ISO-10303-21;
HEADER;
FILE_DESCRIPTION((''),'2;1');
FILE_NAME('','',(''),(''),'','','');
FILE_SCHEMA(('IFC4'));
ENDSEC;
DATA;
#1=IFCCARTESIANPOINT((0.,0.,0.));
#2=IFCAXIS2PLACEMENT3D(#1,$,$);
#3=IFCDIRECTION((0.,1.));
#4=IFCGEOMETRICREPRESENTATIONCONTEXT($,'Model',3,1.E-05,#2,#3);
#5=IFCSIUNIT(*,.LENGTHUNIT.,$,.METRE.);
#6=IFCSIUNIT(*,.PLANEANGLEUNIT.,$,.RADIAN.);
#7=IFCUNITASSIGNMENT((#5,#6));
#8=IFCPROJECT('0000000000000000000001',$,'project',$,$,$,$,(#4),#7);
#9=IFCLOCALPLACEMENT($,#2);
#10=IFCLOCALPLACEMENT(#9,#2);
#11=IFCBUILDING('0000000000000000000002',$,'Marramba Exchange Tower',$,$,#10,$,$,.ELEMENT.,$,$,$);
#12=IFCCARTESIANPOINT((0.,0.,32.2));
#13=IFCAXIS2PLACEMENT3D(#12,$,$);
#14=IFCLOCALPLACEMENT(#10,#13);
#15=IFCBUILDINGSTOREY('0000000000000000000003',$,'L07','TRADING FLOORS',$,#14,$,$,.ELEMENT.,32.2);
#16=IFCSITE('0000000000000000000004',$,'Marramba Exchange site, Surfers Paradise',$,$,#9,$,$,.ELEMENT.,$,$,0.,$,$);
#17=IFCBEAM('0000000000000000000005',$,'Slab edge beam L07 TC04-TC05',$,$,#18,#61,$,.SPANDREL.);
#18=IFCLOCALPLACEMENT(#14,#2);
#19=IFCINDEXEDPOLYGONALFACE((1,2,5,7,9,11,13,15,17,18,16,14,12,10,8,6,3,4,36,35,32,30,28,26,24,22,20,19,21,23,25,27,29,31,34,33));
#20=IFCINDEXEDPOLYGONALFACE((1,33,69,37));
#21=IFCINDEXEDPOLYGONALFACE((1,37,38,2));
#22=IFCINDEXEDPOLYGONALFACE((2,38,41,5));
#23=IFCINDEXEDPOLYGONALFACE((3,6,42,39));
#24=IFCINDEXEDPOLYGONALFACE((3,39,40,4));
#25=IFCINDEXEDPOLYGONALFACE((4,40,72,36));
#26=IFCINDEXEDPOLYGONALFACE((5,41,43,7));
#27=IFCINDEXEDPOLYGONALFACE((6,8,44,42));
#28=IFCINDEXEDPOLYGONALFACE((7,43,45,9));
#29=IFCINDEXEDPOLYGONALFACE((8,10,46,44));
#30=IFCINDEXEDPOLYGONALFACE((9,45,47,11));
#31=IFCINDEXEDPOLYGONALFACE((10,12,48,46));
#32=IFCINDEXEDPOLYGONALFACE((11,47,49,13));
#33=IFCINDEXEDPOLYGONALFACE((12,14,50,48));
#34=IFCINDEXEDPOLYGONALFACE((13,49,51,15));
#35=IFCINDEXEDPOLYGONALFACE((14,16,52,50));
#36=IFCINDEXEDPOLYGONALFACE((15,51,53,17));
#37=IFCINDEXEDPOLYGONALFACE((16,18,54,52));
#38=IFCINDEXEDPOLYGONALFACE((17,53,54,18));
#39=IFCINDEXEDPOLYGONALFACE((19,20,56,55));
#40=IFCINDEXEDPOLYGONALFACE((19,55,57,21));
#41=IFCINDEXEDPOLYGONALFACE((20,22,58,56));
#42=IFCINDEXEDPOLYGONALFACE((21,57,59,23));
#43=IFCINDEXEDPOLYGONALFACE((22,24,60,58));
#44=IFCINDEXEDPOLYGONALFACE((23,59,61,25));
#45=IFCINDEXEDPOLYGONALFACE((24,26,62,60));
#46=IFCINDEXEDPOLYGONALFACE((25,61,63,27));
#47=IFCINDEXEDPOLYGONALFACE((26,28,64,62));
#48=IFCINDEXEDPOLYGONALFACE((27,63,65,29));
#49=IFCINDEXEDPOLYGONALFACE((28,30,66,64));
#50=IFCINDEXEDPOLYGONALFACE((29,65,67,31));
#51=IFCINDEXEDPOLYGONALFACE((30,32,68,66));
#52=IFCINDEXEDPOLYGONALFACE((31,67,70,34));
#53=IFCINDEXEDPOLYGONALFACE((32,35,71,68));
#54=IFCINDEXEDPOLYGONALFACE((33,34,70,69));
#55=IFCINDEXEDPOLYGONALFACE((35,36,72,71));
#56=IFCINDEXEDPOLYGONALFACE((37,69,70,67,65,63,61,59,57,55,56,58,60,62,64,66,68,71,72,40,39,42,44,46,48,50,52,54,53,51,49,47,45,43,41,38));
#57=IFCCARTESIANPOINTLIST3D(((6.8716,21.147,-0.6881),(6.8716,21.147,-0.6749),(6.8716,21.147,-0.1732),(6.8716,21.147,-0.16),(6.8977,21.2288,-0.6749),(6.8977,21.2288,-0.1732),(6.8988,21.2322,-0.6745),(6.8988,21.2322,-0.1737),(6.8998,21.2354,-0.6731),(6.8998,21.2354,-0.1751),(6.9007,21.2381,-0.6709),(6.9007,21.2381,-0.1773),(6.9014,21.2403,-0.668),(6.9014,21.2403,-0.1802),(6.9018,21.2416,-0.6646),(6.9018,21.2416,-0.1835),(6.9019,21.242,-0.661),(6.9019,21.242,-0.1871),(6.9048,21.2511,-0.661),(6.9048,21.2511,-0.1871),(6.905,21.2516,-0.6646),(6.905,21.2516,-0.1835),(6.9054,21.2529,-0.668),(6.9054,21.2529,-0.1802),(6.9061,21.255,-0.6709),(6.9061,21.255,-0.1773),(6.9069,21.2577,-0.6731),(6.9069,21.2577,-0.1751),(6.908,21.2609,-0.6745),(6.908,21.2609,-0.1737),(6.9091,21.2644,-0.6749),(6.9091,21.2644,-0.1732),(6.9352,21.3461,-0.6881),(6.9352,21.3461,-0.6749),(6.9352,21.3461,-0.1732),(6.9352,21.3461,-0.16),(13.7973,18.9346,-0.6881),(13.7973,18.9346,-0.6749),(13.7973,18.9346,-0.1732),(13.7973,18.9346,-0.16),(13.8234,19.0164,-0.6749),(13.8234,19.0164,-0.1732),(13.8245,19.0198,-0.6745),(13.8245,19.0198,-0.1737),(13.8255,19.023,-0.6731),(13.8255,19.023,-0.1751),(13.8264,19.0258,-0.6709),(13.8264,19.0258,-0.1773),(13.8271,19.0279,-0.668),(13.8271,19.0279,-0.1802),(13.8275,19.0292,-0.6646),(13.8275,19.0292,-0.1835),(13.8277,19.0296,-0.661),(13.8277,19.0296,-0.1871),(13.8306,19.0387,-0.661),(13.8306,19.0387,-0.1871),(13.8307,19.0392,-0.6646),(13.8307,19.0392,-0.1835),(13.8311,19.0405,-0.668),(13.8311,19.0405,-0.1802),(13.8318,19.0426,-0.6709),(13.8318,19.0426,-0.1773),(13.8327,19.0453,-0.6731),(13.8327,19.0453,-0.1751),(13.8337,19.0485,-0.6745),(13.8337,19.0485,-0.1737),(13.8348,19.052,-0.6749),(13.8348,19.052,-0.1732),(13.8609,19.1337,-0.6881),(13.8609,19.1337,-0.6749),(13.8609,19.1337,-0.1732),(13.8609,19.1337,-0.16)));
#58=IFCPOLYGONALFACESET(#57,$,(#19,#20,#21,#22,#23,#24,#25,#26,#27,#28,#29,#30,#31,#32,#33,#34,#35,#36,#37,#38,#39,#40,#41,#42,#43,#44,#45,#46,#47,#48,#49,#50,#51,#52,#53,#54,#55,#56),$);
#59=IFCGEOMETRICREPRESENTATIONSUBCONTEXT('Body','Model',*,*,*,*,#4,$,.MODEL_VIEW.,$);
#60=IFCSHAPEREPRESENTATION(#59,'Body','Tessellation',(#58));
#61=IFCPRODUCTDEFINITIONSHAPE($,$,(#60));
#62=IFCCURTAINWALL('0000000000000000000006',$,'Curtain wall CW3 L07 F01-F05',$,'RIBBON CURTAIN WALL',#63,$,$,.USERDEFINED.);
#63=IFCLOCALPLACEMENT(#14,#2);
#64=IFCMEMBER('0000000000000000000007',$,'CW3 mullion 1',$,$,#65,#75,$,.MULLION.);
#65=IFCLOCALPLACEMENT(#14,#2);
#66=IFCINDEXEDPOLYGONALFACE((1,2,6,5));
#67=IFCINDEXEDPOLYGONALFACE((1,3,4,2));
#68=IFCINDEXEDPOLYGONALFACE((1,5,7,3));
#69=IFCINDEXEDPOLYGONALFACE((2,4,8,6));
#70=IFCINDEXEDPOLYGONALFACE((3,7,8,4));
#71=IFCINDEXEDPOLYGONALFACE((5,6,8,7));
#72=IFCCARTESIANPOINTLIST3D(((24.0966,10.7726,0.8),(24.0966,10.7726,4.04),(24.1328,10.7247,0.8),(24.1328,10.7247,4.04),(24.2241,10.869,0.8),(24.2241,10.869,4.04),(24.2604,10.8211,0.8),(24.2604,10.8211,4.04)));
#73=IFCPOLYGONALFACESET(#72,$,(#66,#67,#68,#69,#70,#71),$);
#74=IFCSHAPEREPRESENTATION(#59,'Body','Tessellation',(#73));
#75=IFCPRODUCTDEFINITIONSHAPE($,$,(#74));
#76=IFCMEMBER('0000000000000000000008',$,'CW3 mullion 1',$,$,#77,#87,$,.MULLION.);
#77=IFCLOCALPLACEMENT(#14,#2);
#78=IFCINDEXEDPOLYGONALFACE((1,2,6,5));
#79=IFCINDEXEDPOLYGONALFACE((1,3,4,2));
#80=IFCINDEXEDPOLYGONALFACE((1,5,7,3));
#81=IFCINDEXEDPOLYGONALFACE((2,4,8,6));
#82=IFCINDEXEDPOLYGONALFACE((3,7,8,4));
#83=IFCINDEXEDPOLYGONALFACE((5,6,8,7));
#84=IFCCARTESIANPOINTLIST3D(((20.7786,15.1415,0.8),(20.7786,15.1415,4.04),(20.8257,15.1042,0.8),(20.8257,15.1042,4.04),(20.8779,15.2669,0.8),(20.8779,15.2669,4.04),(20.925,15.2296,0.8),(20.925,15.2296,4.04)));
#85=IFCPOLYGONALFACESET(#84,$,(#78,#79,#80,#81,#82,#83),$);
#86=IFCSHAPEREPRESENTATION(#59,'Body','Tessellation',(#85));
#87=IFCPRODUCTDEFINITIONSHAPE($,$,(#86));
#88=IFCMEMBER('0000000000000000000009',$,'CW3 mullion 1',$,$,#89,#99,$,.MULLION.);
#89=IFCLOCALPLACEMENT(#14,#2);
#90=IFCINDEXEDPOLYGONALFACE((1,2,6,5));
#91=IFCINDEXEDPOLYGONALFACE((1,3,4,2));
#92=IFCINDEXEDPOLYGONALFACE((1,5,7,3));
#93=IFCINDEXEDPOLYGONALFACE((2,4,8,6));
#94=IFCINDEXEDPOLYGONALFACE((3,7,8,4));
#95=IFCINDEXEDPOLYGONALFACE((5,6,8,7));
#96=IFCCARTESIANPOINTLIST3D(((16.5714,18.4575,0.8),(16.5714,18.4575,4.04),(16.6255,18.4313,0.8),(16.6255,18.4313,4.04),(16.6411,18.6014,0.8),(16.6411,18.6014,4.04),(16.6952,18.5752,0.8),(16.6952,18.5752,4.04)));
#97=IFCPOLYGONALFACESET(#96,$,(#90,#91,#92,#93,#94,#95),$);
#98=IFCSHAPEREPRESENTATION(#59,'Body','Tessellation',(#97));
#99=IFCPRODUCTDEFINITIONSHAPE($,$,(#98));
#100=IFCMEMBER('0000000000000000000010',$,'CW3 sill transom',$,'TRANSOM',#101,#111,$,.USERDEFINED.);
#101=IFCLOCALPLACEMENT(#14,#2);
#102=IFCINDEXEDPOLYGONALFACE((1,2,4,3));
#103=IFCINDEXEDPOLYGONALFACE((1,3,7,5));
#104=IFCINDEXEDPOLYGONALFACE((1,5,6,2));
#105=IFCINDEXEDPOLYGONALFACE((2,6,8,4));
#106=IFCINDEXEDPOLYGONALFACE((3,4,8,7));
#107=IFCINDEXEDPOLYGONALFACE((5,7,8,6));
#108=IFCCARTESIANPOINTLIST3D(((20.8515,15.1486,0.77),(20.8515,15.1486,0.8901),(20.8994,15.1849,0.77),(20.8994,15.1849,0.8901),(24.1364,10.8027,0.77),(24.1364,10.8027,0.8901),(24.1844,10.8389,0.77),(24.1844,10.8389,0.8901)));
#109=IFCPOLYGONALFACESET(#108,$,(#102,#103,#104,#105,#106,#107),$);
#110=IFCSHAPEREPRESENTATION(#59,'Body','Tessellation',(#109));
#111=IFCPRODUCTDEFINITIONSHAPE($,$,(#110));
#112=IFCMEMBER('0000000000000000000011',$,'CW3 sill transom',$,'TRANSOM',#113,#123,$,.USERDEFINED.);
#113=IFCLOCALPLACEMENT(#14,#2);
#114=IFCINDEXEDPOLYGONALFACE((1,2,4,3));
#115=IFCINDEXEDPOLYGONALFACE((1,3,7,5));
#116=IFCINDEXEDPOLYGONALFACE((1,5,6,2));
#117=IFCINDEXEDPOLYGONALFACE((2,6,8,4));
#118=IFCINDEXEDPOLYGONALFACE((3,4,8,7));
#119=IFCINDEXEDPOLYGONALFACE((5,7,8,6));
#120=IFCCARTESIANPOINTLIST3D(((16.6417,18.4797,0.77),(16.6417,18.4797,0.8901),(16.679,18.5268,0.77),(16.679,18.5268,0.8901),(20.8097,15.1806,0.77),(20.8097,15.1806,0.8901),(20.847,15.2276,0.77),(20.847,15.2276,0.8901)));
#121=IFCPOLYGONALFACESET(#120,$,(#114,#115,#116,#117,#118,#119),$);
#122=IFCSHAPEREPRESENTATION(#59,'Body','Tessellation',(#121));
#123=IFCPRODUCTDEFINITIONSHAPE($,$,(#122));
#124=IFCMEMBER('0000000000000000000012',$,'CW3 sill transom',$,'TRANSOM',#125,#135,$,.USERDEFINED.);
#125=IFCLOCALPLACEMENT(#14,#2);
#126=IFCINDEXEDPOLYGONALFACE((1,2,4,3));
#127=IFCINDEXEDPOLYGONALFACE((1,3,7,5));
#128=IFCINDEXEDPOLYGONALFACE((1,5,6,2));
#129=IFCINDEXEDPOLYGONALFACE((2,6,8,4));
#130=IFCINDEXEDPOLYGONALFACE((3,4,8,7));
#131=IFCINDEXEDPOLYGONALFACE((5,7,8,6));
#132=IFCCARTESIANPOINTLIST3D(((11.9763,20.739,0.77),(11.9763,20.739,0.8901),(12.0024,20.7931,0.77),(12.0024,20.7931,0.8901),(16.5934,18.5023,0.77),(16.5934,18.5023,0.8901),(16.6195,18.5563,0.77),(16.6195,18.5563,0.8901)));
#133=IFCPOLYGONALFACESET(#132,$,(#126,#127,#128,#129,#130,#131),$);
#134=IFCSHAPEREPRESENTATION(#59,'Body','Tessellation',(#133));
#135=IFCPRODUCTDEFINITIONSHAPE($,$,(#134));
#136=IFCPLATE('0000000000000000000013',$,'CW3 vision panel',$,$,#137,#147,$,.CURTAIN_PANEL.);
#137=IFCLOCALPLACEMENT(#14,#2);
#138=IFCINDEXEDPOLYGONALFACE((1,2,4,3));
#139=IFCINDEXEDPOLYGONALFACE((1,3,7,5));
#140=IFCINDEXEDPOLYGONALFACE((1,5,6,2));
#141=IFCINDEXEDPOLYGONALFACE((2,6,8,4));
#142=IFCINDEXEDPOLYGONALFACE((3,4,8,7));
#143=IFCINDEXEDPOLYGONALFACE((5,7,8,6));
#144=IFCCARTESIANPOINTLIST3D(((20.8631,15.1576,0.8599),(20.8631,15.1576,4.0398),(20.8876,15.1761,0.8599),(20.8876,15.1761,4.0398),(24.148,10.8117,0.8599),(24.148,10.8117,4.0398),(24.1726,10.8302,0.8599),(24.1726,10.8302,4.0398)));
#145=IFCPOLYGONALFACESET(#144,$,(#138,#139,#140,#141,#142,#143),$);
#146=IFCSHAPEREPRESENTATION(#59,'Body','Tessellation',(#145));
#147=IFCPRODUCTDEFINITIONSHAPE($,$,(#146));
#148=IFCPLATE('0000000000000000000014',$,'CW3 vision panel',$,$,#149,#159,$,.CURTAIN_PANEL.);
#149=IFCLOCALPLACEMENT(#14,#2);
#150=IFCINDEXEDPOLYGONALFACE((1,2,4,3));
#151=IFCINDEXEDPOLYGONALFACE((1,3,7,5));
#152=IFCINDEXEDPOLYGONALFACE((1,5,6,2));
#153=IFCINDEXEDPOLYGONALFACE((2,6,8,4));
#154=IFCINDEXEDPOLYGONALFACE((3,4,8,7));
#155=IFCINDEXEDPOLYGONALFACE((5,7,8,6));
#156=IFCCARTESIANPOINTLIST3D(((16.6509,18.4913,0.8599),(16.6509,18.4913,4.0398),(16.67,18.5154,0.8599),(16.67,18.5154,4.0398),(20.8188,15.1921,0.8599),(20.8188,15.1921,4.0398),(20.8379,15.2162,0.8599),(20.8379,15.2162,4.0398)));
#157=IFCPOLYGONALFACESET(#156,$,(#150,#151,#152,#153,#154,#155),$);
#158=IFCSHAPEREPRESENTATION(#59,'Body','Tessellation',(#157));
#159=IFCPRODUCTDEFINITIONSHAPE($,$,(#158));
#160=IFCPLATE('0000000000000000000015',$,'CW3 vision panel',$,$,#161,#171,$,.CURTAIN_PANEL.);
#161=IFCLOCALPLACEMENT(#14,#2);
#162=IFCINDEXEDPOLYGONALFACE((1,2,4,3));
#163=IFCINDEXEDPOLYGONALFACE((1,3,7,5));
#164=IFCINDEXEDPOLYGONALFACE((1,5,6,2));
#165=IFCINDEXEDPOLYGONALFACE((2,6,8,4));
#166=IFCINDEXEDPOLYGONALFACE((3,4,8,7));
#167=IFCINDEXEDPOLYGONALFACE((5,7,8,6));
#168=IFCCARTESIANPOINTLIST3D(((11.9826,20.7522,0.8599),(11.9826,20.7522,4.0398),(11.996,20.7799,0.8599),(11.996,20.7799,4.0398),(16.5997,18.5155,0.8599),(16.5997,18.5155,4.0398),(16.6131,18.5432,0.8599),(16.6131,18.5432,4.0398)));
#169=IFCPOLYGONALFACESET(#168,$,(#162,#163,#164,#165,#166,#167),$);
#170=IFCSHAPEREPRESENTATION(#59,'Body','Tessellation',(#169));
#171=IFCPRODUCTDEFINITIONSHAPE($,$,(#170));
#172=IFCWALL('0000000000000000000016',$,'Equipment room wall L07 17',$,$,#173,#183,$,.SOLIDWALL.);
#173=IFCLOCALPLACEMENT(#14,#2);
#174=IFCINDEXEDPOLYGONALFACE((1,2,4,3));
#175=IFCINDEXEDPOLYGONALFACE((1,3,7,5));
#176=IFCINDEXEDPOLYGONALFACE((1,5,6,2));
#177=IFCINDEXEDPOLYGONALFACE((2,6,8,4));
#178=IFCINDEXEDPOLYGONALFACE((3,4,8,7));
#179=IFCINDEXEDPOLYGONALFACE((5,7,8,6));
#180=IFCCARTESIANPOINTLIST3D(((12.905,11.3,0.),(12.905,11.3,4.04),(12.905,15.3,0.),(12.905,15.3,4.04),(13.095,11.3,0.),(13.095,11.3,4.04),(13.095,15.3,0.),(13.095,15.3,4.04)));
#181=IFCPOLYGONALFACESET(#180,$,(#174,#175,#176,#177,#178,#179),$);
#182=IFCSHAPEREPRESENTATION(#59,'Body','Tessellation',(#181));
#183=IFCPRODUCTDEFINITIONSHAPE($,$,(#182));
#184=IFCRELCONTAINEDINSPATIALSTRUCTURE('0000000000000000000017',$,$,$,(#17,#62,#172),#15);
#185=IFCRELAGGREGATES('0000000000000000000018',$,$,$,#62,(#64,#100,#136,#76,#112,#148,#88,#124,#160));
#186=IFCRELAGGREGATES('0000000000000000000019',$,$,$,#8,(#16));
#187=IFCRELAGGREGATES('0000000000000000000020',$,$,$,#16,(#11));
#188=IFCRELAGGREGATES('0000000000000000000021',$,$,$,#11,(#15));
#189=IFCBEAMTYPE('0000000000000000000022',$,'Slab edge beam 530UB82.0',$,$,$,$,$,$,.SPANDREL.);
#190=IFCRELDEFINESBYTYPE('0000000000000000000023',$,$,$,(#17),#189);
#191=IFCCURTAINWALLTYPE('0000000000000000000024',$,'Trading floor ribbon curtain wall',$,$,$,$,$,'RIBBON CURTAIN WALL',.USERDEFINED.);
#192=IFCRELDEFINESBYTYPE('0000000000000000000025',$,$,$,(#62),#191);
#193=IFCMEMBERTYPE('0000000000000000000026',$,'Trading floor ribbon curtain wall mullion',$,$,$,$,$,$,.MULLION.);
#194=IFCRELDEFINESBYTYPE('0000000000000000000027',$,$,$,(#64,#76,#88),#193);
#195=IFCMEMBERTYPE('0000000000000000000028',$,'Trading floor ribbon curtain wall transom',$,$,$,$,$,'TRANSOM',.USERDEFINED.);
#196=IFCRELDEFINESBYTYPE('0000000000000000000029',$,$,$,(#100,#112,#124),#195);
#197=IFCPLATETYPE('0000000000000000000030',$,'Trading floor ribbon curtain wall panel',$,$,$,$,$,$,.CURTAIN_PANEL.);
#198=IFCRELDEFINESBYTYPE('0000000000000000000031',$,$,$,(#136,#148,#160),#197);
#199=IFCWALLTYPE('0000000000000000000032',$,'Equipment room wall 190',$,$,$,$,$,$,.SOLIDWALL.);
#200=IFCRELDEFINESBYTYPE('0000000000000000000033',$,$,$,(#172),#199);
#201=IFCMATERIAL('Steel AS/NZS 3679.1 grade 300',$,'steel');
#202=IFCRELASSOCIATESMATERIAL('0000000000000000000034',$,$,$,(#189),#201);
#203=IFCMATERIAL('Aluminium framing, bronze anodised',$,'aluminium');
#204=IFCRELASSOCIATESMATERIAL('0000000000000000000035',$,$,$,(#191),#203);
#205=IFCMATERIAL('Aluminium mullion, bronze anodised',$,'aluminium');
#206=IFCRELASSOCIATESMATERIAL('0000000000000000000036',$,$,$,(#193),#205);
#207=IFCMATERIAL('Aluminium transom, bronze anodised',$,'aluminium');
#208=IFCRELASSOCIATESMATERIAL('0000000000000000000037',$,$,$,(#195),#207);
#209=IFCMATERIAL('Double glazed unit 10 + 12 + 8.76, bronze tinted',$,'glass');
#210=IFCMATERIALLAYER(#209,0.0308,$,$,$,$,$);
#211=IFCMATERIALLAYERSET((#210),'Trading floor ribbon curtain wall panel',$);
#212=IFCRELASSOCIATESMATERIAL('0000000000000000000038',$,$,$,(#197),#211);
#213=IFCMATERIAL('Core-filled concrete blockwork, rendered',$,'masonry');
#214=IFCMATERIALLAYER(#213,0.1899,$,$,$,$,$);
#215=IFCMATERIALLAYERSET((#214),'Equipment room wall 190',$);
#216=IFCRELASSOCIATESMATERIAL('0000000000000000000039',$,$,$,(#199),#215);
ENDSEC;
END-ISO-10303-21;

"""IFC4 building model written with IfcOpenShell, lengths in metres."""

from ifc_helpers import new_model, si_unit, direction, frame, frame_2d, origin, origin_2d, place, context, subcontext, project, spatial, rectangle, i_section, extrude, material, layer, layer_set, material_profile, profile_set, type_object, element, aggregate, save


model = new_model("IFC4")

# Units and contexts
model_context = context("Model", 3, precision=1e-05, world=origin(), true_north=direction((0.0, 1.0)))
body_context = subcontext(model_context, "Body", "Model", "MODEL_VIEW")
ifc_project = project(units=[si_unit("LENGTHUNIT", "METRE"), si_unit("PLANEANGLEUNIT", "RADIAN")], contexts=[model_context])

# Site, building, storey
site_placement = place(None, origin())
site = spatial("IfcSite", under=ifc_project, at=site_placement, Name="Marramba Exchange site, Surfers Paradise", CompositionType="ELEMENT", RefElevation=0.0)
building_placement = place(site_placement, origin())
building = spatial("IfcBuilding", under=site, at=building_placement, Name="Marramba Exchange Tower", CompositionType="ELEMENT")
storey_placement = place(building_placement, frame((0.0, 0.0, 32.2)))
storey = spatial("IfcBuildingStorey", under=building, at=storey_placement, Name="L07", Description="TRADING FLOORS", CompositionType="ELEMENT", Elevation=32.2)

# Beam
ifc_material_1 = material(Name="Steel AS/NZS 3679.1 grade 300", Category="steel")
ifc_material_profile_1 = material_profile(ifc_material_1, i_section(OverallWidth=0.209, OverallDepth=0.5281, WebThickness=0.0095, FlangeThickness=0.0132, FilletRadius=0.0139, at=origin_2d()), Name="530UB82.0")
ifc_profile_set_1 = profile_set([ifc_material_profile_1], Name="Steel AS/NZS 3679.1 grade 300")
beam_type_1 = type_object("IfcBeamType", Name="Slab edge beam 530UB82.0", PredefinedType="SPANDREL", material=ifc_profile_set_1)
beam_1_placement = place(storey_placement, frame((13.8291, 19.0342, -0.4241), z_axis=(-0.952578, 0.304296, 0.0), x_axis=(-0.304296, -0.952578, 0.0)))
element("IfcBeam", 1, at=beam_1_placement, inside=storey, type_object=beam_type_1, Name="Slab edge beam L07 TC04-TC05", PredefinedType="SPANDREL", context=body_context, shape_type="SweptSolid", body=[
    extrude(i_section(OverallWidth=0.209, OverallDepth=0.5281, WebThickness=0.0095, FlangeThickness=0.0132, FilletRadius=0.0139, at=origin_2d()), origin(), (0.0, 0.0, 1.0), 7.2705),
])

# Curtain wall, members, plates
ifc_material_2 = material(Name="Aluminium framing, bronze anodised", Category="aluminium")
curtain_wall_type = type_object("IfcCurtainWallType", Name="Trading floor ribbon curtain wall", ElementType="RIBBON CURTAIN WALL", PredefinedType="USERDEFINED", material=ifc_material_2)
curtain_wall_placement = place(storey_placement, origin())
curtain_wall = element("IfcCurtainWall", 2, at=curtain_wall_placement, inside=storey, type_object=curtain_wall_type, Name="Curtain wall CW3 L07 F01-F05", ObjectType="RIBBON CURTAIN WALL", PredefinedType="USERDEFINED")
ifc_material_3 = material(Name="Aluminium mullion, bronze anodised", Category="aluminium")
ifc_material_profile_2 = material_profile(ifc_material_3, rectangle(XDim=0.1599, YDim=0.0601, at=origin_2d()), Name="CW3 mullion 60x160")
ifc_profile_set_2 = profile_set([ifc_material_profile_2], Name="Aluminium mullion, bronze anodised")
member_type_1 = type_object("IfcMemberType", Name="Trading floor ribbon curtain wall mullion", PredefinedType="MULLION", material=ifc_profile_set_2)
member_1_placement = place(storey_placement, frame((24.1785, 10.7969, 0.8), z_axis=(0.0, 0.0, 1.0), x_axis=(-0.797749, -0.60299, 0.0)))
member_1 = element("IfcMember", 3, at=member_1_placement, type_object=member_type_1, Name="CW3 mullion 1", PredefinedType="MULLION", context=body_context, shape_type="SweptSolid", body=[
    extrude(rectangle(XDim=0.1599, YDim=0.0601, at=origin_2d()), origin(), (0.0, 0.0, 1.0), 3.24),
])
member_2_placement = place(storey_placement, frame((20.8518, 15.1855, 0.8), z_axis=(0.0, 0.0, 1.0), x_axis=(-0.62065, -0.784088, 0.0)))
member_2 = element("IfcMember", 4, at=member_2_placement, type_object=member_type_1, Name="CW3 mullion 1", PredefinedType="MULLION", context=body_context, shape_type="SweptSolid", body=[
    extrude(rectangle(XDim=0.1599, YDim=0.0601, at=origin_2d()), origin(), (0.0, 0.0, 1.0), 3.24),
])
member_3_placement = place(storey_placement, frame((16.6333, 18.5164, 0.8), z_axis=(0.0, 0.0, 1.0), x_axis=(-0.435965, -0.899963, 0.0)))
member_3 = element("IfcMember", 5, at=member_3_placement, type_object=member_type_1, Name="CW3 mullion 1", PredefinedType="MULLION", context=body_context, shape_type="SweptSolid", body=[
    extrude(rectangle(XDim=0.1599, YDim=0.0601, at=origin_2d()), origin(), (0.0, 0.0, 1.0), 3.24),
])
ifc_material_4 = material(Name="Aluminium transom, bronze anodised", Category="aluminium")
ifc_material_profile_3 = material_profile(ifc_material_4, rectangle(XDim=0.0601, YDim=0.1201, at=origin_2d()), Name="CW3 transom 60x120")
ifc_profile_set_3 = profile_set([ifc_material_profile_3], Name="Aluminium transom, bronze anodised")
member_type_2 = type_object("IfcMemberType", Name="Trading floor ribbon curtain wall transom", ElementType="TRANSOM", PredefinedType="USERDEFINED", material=ifc_profile_set_3)
member_4_placement = place(storey_placement, frame((24.1604, 10.8208, 0.8301), z_axis=(-0.602986, 0.797752, 0.0), x_axis=(-0.797752, -0.602986, 0.0)))
member_4 = element("IfcMember", 6, at=member_4_placement, type_object=member_type_2, Name="CW3 sill transom", ObjectType="TRANSOM", PredefinedType="USERDEFINED", context=body_context, shape_type="SweptSolid", body=[
    extrude(rectangle(XDim=0.0601, YDim=0.1201, at=origin_2d()), origin(), (0.0, 0.0, 1.0), 5.4478),
])
member_5_placement = place(storey_placement, frame((20.8284, 15.2041, 0.8301), z_axis=(-0.784098, 0.620637, 0.0), x_axis=(-0.620637, -0.784098, 0.0)))
member_5 = element("IfcMember", 7, at=member_5_placement, type_object=member_type_2, Name="CW3 sill transom", ObjectType="TRANSOM", PredefinedType="USERDEFINED", context=body_context, shape_type="SweptSolid", body=[
    extrude(rectangle(XDim=0.0601, YDim=0.1201, at=origin_2d()), origin(), (0.0, 0.0, 1.0), 5.3157),
])
member_6_placement = place(storey_placement, frame((16.6064, 18.5293, 0.8301), z_axis=(-0.899953, 0.435986, 0.0), x_axis=(-0.435986, -0.899953, 0.0)))
member_6 = element("IfcMember", 8, at=member_6_placement, type_object=member_type_2, Name="CW3 sill transom", ObjectType="TRANSOM", PredefinedType="USERDEFINED", context=body_context, shape_type="SweptSolid", body=[
    extrude(rectangle(XDim=0.0601, YDim=0.1201, at=origin_2d()), origin(), (0.0, 0.0, 1.0), 5.1304),
])
ifc_material_5 = material(Name="Double glazed unit 10 + 12 + 8.76, bronze tinted", Category="glass")
ifc_layer_1 = layer(ifc_material_5, 0.0308)
ifc_layer_set_1 = layer_set([ifc_layer_1], Name="Trading floor ribbon curtain wall panel")
plate_type = type_object("IfcPlateType", Name="Trading floor ribbon curtain wall panel", PredefinedType="CURTAIN_PANEL", material=ifc_layer_set_1)
plate_1_placement = place(storey_placement, frame((22.5178, 12.9939, 0.8599), z_axis=(0.0, 0.0, 1.0), x_axis=(-0.60299, 0.797749, 0.0)))
plate_1 = element("IfcPlate", 9, at=plate_1_placement, type_object=plate_type, Name="CW3 vision panel", PredefinedType="CURTAIN_PANEL", context=body_context, shape_type="SweptSolid", body=[
    extrude(rectangle(XDim=5.4478, YDim=0.0308, at=origin_2d()), origin(), (0.0, 0.0, 1.0), 3.1799),
])
plate_2_placement = place(storey_placement, frame((18.7444, 16.8538, 0.8599), z_axis=(0.0, 0.0, 1.0), x_axis=(-0.784088, 0.62065, 0.0)))
plate_2 = element("IfcPlate", 10, at=plate_2_placement, type_object=plate_type, Name="CW3 vision panel", PredefinedType="CURTAIN_PANEL", context=body_context, shape_type="SweptSolid", body=[
    extrude(rectangle(XDim=5.3157, YDim=0.0308, at=origin_2d()), origin(), (0.0, 0.0, 1.0), 3.1799),
])
plate_3_placement = place(storey_placement, frame((14.2979, 19.6477, 0.8599), z_axis=(0.0, 0.0, 1.0), x_axis=(-0.899963, 0.435965, 0.0)))
plate_3 = element("IfcPlate", 11, at=plate_3_placement, type_object=plate_type, Name="CW3 vision panel", PredefinedType="CURTAIN_PANEL", context=body_context, shape_type="SweptSolid", body=[
    extrude(rectangle(XDim=5.1304, YDim=0.0308, at=origin_2d()), origin(), (0.0, 0.0, 1.0), 3.1799),
])
aggregate(curtain_wall, [member_1, member_4, plate_1, member_2, member_5, plate_2, member_3, member_6, plate_3])

# Wall
ifc_material_6 = material(Name="Core-filled concrete blockwork, rendered", Category="masonry")
ifc_layer_2 = layer(ifc_material_6, 0.1899)
ifc_layer_set_2 = layer_set([ifc_layer_2], Name="Equipment room wall 190")
wall_type_1 = type_object("IfcWallType", Name="Equipment room wall 190", PredefinedType="SOLIDWALL", material=ifc_layer_set_2)
wall_1_placement = place(storey_placement, frame((13.0, 11.3, 0.0), z_axis=(0.0, 0.0, 1.0), x_axis=(0.0, 1.0, 0.0)))
element("IfcWall", 12, at=wall_1_placement, inside=storey, type_object=wall_type_1, Name="Equipment room wall L07 17", PredefinedType="SOLIDWALL", context=body_context, shape_type="SweptSolid", body=[
    extrude(rectangle(XDim=4.0, YDim=0.1899, at=frame_2d((2.0, 0.0))), origin(), (0.0, 0.0, 1.0), 4.04),
])

save(model, "model.ifc")
